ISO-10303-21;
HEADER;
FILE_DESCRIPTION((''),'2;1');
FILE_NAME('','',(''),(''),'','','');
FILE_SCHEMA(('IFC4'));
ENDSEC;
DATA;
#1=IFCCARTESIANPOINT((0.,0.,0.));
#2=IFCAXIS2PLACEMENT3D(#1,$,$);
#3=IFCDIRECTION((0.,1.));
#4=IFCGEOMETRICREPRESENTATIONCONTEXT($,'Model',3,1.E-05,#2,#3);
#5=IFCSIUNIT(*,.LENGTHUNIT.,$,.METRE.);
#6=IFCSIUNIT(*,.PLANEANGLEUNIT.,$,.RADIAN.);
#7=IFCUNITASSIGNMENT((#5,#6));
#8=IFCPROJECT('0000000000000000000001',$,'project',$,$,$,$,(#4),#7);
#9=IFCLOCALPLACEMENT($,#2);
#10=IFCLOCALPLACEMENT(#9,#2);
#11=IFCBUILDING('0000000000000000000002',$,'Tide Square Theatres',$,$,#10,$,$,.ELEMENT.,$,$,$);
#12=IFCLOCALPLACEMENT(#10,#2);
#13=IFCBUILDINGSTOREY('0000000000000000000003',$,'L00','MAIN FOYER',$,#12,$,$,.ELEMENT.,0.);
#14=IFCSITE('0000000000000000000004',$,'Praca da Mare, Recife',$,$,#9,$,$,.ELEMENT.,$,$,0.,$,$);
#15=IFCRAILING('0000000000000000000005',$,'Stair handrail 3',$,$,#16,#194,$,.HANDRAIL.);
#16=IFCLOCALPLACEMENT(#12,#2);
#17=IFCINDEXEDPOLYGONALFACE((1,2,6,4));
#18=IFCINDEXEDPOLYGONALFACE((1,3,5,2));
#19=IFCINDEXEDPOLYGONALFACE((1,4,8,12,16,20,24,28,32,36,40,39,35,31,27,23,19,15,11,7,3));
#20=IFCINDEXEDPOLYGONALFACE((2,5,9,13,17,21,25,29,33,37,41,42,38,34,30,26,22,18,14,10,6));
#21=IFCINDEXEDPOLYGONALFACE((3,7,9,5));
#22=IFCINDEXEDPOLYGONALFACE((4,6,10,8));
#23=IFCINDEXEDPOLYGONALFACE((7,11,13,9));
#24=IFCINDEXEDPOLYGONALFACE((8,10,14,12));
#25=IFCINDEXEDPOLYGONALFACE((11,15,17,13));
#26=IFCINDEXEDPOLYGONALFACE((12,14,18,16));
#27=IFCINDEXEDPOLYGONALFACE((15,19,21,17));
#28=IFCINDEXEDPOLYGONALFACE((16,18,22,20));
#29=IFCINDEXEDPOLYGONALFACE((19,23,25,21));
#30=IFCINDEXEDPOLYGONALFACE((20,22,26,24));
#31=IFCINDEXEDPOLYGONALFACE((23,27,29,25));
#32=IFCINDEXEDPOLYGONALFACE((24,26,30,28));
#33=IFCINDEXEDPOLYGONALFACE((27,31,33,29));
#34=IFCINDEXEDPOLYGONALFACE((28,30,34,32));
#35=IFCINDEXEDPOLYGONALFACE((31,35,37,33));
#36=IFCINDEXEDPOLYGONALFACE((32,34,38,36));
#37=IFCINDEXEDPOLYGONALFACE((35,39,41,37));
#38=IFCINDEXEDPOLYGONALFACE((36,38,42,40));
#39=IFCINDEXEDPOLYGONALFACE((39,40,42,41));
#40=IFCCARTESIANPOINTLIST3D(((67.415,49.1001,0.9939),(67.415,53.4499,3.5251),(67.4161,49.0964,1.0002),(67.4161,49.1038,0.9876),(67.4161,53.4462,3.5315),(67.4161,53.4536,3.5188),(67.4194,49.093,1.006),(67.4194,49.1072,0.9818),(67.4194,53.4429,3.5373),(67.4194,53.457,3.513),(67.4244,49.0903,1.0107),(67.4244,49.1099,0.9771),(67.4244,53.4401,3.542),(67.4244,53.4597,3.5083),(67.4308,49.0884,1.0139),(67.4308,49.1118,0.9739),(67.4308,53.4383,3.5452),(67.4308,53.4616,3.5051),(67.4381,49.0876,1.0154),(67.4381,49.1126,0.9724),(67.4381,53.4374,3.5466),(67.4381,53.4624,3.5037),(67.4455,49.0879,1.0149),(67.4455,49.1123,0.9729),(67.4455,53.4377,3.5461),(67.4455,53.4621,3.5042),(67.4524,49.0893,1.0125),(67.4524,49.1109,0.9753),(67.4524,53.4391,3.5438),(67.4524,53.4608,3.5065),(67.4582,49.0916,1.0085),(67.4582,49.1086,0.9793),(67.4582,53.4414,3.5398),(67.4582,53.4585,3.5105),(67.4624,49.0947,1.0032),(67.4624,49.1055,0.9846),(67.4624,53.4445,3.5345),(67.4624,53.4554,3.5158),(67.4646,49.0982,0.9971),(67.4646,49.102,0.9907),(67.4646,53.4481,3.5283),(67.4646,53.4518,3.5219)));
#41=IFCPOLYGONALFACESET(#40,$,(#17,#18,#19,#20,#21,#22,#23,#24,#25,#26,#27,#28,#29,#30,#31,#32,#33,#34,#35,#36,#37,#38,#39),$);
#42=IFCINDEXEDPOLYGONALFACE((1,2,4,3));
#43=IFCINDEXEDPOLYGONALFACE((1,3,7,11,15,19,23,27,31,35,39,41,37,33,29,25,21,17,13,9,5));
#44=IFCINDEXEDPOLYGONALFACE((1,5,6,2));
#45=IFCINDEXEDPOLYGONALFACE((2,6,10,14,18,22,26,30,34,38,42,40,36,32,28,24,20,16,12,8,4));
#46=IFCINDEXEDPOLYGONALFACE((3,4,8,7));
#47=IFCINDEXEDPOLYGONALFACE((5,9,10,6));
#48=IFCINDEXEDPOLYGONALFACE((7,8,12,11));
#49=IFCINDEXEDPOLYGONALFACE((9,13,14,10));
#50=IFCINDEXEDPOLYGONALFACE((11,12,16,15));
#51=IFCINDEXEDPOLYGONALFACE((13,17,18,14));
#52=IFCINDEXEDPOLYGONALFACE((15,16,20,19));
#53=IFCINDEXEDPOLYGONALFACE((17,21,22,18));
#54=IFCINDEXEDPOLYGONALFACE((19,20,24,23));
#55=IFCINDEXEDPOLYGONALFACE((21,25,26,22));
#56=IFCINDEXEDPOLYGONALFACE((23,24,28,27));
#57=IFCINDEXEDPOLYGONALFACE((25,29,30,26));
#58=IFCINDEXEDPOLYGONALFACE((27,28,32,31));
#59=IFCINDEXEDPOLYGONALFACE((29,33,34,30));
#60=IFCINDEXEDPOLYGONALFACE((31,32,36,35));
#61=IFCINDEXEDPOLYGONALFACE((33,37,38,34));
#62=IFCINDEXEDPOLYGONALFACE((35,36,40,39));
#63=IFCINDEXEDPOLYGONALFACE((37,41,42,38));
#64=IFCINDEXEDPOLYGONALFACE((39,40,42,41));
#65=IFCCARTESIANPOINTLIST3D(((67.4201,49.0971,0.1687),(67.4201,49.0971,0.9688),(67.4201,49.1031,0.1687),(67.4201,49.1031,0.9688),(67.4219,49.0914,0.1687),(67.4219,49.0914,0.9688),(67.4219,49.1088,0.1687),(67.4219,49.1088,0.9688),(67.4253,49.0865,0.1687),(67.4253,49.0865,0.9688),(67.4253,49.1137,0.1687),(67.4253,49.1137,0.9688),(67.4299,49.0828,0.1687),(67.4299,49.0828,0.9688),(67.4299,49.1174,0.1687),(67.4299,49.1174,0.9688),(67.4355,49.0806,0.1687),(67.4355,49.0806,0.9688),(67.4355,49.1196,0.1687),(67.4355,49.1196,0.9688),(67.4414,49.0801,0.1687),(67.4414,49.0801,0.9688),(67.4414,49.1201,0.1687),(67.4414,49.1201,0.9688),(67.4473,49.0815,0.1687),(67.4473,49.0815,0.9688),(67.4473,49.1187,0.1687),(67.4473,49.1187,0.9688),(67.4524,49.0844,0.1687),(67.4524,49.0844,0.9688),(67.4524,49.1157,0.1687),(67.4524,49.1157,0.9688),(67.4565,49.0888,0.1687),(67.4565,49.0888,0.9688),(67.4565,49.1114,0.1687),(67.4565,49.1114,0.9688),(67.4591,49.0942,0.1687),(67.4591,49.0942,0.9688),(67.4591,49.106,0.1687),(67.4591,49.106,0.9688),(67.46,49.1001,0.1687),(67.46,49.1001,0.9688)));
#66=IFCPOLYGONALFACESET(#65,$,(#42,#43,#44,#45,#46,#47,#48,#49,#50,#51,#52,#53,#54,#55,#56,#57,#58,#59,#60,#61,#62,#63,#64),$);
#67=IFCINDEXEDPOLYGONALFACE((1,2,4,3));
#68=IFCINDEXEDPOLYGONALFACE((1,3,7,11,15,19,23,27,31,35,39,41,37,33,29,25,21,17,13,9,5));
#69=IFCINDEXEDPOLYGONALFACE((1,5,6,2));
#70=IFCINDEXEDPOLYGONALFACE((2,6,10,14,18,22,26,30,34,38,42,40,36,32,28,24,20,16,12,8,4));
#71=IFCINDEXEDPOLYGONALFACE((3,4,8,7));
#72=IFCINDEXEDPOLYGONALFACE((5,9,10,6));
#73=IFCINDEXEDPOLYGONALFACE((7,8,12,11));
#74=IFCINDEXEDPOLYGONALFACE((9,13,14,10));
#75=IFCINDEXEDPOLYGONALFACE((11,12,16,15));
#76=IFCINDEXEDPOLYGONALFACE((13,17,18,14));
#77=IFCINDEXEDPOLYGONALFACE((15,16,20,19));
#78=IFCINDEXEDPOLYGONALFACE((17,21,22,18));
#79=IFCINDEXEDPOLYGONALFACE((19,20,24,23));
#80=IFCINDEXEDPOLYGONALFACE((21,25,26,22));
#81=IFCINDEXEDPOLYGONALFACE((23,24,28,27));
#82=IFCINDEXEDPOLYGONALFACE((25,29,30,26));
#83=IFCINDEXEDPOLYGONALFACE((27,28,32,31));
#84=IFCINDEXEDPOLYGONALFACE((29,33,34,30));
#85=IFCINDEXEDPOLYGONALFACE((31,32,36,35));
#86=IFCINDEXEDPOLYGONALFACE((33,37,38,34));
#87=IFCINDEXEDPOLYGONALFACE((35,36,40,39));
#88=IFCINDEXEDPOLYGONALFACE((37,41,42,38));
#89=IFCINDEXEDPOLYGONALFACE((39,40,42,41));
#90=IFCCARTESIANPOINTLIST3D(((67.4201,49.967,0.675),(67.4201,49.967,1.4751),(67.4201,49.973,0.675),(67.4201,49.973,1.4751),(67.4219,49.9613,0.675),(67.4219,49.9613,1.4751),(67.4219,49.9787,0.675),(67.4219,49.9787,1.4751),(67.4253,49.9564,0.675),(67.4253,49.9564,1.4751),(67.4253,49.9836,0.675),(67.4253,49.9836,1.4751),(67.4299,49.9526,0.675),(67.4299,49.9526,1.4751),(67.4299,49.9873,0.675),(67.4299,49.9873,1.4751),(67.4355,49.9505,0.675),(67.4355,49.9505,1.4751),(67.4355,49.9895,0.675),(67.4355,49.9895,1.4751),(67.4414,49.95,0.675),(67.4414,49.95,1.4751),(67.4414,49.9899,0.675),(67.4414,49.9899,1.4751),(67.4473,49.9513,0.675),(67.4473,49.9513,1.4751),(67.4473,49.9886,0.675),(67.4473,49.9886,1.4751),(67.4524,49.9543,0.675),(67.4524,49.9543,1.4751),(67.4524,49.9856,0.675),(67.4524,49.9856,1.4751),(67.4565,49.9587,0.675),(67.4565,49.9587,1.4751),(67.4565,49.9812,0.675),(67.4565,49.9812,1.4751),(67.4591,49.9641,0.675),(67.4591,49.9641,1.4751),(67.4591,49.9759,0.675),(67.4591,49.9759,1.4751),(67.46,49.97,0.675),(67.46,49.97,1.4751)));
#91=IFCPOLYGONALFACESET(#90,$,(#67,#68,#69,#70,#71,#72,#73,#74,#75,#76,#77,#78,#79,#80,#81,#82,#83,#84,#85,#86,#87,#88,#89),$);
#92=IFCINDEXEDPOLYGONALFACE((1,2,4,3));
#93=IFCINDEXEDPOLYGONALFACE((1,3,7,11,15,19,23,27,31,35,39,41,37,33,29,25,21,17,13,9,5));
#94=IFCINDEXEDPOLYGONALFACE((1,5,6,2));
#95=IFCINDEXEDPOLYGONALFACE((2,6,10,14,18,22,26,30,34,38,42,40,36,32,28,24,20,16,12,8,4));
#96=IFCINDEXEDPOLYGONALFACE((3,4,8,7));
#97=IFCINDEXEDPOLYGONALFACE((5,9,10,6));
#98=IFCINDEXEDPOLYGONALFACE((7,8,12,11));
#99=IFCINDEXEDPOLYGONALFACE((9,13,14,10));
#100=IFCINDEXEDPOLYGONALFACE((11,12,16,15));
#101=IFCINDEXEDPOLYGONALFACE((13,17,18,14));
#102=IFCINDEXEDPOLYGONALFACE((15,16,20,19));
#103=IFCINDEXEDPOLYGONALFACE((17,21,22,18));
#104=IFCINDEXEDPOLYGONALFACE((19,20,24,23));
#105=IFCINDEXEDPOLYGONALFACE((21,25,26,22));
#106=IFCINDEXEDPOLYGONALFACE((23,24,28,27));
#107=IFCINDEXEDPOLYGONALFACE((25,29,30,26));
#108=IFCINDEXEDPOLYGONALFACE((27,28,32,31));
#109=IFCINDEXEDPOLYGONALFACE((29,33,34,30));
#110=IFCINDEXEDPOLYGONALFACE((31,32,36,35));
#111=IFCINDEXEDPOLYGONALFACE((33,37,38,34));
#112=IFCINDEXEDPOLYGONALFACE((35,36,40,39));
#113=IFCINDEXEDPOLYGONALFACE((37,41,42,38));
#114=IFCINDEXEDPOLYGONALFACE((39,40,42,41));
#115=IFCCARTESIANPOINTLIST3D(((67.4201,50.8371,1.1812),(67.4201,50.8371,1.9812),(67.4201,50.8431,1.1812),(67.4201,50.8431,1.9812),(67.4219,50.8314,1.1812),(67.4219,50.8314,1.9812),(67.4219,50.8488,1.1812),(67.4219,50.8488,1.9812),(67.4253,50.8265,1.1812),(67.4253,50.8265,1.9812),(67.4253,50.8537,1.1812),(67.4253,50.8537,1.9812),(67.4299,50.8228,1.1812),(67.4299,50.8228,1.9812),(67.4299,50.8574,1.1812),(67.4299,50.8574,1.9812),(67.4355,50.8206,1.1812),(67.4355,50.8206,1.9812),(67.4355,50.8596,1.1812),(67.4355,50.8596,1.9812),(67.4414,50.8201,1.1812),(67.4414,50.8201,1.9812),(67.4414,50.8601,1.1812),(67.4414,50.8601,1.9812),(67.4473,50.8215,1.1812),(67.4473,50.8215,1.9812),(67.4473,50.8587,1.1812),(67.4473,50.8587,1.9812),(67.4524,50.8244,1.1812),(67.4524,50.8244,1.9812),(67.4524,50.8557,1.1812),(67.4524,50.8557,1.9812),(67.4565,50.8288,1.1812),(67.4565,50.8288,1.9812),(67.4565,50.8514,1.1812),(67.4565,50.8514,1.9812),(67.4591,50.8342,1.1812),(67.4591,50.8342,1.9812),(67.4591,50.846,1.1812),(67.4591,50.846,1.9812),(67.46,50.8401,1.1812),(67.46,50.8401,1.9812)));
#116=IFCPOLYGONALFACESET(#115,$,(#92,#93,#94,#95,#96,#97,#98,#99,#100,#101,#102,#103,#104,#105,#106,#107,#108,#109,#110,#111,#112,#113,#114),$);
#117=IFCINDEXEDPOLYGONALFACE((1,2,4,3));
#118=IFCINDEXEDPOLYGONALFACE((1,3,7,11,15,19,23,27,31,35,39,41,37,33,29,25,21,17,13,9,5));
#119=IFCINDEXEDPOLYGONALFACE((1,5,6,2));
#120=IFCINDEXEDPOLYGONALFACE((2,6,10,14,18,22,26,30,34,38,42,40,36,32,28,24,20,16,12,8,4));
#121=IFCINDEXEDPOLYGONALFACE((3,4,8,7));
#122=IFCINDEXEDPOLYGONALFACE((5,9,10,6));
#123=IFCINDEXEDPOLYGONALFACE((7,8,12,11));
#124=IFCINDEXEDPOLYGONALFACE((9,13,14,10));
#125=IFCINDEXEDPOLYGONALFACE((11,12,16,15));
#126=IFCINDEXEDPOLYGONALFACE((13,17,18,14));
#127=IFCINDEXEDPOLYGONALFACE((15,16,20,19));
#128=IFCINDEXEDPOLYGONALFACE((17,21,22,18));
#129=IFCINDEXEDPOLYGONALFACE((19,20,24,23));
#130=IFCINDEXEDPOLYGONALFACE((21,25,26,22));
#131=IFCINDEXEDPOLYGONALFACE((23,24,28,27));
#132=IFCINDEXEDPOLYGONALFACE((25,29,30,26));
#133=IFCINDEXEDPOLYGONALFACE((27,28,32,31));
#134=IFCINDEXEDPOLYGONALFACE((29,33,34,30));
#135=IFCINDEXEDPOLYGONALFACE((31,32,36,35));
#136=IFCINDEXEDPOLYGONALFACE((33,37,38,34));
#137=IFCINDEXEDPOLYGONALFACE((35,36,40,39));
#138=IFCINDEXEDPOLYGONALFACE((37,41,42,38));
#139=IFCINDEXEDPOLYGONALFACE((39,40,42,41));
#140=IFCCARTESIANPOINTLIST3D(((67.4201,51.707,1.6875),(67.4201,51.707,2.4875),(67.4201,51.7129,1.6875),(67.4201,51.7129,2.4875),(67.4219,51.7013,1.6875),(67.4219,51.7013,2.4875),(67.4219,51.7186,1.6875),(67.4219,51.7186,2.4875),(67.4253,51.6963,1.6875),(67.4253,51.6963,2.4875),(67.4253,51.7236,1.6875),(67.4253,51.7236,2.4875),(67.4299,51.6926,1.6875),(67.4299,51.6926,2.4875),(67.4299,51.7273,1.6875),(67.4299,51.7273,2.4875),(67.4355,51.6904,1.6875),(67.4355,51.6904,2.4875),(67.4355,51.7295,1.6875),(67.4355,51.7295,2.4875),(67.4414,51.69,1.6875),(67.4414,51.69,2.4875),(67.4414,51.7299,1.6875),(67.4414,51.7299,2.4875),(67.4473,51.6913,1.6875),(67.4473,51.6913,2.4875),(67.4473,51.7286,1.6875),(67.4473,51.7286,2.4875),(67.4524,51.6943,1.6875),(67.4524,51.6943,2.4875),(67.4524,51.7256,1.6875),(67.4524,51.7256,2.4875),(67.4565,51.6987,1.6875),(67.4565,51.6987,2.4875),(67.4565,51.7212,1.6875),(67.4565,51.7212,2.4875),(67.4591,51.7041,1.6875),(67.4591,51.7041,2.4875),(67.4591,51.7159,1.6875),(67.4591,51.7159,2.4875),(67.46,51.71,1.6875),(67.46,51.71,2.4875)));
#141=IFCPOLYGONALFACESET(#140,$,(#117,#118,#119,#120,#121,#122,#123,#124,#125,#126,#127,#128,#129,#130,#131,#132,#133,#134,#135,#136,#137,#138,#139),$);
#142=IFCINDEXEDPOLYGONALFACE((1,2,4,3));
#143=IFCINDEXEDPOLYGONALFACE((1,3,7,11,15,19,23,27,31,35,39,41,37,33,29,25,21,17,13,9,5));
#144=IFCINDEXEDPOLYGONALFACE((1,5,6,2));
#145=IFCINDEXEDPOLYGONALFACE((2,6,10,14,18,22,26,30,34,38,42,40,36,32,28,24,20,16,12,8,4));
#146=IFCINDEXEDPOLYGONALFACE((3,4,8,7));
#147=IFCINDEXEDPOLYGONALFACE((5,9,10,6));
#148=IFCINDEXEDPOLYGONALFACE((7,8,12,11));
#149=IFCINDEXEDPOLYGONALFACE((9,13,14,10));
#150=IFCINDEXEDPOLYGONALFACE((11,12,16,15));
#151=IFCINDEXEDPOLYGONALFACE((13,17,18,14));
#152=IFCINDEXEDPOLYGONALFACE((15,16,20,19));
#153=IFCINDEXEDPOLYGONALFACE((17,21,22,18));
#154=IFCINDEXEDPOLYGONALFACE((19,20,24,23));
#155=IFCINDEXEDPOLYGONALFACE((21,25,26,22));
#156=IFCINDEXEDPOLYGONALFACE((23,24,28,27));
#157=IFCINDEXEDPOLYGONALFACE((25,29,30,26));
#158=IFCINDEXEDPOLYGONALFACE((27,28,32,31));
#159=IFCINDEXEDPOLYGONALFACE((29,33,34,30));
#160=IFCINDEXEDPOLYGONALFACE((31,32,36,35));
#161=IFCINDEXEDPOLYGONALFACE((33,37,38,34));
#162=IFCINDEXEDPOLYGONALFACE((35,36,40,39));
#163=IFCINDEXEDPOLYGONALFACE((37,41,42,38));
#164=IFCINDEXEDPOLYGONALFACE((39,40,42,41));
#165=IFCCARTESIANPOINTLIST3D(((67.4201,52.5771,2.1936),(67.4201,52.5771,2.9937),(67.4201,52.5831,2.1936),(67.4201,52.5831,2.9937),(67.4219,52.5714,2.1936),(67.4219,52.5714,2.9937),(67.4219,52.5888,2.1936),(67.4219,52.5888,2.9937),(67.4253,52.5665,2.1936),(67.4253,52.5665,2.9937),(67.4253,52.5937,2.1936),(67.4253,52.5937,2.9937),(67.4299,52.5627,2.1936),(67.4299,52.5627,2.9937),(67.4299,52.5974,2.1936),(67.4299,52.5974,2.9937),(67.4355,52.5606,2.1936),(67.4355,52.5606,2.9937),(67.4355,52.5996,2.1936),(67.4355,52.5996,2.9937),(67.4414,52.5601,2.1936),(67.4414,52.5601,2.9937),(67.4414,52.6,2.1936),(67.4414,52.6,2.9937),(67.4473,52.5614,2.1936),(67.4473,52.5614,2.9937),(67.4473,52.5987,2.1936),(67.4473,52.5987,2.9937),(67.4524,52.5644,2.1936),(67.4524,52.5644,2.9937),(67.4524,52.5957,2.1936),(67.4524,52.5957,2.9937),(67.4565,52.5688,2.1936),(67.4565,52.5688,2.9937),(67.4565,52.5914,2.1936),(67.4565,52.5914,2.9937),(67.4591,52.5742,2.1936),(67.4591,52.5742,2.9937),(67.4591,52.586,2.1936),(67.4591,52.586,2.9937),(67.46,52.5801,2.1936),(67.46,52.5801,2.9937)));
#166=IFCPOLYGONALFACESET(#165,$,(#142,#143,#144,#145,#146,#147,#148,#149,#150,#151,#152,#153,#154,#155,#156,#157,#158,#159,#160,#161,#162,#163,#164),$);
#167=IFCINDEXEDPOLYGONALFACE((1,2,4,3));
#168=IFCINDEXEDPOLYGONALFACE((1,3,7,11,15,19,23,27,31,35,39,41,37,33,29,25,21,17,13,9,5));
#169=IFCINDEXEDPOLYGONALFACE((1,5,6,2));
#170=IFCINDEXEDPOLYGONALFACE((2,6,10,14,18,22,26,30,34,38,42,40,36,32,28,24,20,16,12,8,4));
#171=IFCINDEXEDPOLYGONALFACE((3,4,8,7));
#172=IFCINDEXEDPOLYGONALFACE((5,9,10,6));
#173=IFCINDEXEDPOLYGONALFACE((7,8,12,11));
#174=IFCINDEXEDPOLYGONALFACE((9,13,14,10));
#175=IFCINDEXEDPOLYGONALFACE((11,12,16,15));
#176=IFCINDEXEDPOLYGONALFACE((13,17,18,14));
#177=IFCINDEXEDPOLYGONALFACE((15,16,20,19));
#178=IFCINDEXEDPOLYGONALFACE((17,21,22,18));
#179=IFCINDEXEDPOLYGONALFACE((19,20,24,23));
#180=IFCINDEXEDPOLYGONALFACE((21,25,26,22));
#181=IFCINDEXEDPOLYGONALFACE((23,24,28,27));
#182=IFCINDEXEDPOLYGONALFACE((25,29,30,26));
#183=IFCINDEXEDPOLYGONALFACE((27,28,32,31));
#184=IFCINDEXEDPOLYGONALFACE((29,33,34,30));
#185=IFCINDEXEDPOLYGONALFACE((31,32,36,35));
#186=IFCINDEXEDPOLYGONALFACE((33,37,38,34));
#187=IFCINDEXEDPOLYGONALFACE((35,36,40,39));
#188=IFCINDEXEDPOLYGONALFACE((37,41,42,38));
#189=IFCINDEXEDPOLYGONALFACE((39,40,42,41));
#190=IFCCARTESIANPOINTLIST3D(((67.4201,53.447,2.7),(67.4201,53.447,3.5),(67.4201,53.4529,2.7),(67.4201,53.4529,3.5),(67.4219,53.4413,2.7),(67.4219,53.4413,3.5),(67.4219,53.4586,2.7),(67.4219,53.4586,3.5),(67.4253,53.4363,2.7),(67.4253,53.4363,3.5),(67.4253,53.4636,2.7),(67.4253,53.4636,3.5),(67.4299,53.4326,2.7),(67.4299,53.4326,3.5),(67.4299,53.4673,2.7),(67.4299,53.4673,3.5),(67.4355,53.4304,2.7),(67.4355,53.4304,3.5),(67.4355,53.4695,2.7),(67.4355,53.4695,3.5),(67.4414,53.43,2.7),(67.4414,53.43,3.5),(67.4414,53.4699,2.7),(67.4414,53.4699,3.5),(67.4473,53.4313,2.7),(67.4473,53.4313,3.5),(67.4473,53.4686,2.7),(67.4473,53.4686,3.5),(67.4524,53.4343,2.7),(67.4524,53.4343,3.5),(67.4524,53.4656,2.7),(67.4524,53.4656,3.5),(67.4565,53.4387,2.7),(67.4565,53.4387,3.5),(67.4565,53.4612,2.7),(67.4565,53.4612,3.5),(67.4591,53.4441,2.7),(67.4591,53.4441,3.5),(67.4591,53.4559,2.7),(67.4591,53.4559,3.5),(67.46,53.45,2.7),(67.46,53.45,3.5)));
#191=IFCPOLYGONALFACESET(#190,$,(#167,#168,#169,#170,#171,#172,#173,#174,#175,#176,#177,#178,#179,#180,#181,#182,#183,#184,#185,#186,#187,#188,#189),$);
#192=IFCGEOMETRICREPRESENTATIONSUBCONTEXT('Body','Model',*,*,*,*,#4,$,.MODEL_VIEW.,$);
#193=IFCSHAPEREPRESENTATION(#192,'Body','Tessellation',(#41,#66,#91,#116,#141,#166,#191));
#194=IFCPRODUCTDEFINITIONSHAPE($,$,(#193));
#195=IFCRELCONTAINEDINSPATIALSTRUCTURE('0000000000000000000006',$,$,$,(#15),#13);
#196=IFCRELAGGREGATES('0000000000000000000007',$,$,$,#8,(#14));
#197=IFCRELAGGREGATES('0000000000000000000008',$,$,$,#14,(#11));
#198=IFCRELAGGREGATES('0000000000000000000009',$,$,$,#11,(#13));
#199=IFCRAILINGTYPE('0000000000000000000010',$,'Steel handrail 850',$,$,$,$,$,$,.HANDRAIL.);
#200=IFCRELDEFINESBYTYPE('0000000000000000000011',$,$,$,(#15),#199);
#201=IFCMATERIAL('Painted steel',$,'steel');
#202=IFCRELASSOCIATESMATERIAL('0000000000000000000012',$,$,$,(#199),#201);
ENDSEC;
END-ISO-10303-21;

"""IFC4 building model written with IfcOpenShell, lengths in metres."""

from ifc_helpers import new_model, si_unit, direction, frame, origin, origin_2d, place, context, subcontext, project, spatial, circle, extrude, material, type_object, element, save


model = new_model("IFC4")

# Units and contexts
model_context = context("Model", 3, precision=1e-05, world=origin(), true_north=direction((0.0, 1.0)))
body_context = subcontext(model_context, "Body", "Model", "MODEL_VIEW")
ifc_project = project(units=[si_unit("LENGTHUNIT", "METRE"), si_unit("PLANEANGLEUNIT", "RADIAN")], contexts=[model_context])

# Site, building, storey
site_placement = place(None, origin())
site = spatial("IfcSite", under=ifc_project, at=site_placement, Name="Praca da Mare, Recife", CompositionType="ELEMENT", RefElevation=0.0)
building_placement = place(site_placement, origin())
building = spatial("IfcBuilding", under=site, at=building_placement, Name="Tide Square Theatres", CompositionType="ELEMENT")
storey_placement = place(building_placement, origin())
storey = spatial("IfcBuildingStorey", under=building, at=storey_placement, Name="L00", Description="MAIN FOYER", CompositionType="ELEMENT", Elevation=0.0)

# Railing
ifc_material_1 = material(Name="Painted steel", Category="steel")
railing_type = type_object("IfcRailingType", Name="Steel handrail 850", PredefinedType="HANDRAIL", material=ifc_material_1)
for number, where, name in (
    (1, (67.4399, 49.1001, 0.1687), "Stair handrail 3"),
):
    element("IfcRailing", number, at=place(storey_placement, frame(where)), inside=storey, type_object=railing_type, Name=name, PredefinedType="HANDRAIL", context=body_context, shape_type="SweptSolid", body=[
        extrude(circle(Radius=0.0249, at=origin_2d()), frame((0.0, 0.0, 0.8252), z_axis=(0.0, 0.864312, 0.502957), x_axis=(-1.0, 0.0, 0.0)), (0.0, 0.0, 1.0), 5.0327),
        extrude(circle(Radius=0.02, at=origin_2d()), origin(), (0.0, 0.0, 1.0), 0.8),
        extrude(circle(Radius=0.02, at=origin_2d()), frame((0.0, 0.8699, 0.5063)), (0.0, 0.0, 1.0), 0.8),
        extrude(circle(Radius=0.02, at=origin_2d()), frame((0.0, 1.74, 1.0125)), (0.0, 0.0, 1.0), 0.8),
        extrude(circle(Radius=0.02, at=origin_2d()), frame((0.0, 2.6099, 1.5188)), (0.0, 0.0, 1.0), 0.8),
        extrude(circle(Radius=0.02, at=origin_2d()), frame((0.0, 3.48, 2.0249)), (0.0, 0.0, 1.0), 0.8),
        extrude(circle(Radius=0.02, at=origin_2d()), frame((0.0, 4.3499, 2.5312)), (0.0, 0.0, 1.0), 0.8),
    ])

save(model, "model.ifc")
